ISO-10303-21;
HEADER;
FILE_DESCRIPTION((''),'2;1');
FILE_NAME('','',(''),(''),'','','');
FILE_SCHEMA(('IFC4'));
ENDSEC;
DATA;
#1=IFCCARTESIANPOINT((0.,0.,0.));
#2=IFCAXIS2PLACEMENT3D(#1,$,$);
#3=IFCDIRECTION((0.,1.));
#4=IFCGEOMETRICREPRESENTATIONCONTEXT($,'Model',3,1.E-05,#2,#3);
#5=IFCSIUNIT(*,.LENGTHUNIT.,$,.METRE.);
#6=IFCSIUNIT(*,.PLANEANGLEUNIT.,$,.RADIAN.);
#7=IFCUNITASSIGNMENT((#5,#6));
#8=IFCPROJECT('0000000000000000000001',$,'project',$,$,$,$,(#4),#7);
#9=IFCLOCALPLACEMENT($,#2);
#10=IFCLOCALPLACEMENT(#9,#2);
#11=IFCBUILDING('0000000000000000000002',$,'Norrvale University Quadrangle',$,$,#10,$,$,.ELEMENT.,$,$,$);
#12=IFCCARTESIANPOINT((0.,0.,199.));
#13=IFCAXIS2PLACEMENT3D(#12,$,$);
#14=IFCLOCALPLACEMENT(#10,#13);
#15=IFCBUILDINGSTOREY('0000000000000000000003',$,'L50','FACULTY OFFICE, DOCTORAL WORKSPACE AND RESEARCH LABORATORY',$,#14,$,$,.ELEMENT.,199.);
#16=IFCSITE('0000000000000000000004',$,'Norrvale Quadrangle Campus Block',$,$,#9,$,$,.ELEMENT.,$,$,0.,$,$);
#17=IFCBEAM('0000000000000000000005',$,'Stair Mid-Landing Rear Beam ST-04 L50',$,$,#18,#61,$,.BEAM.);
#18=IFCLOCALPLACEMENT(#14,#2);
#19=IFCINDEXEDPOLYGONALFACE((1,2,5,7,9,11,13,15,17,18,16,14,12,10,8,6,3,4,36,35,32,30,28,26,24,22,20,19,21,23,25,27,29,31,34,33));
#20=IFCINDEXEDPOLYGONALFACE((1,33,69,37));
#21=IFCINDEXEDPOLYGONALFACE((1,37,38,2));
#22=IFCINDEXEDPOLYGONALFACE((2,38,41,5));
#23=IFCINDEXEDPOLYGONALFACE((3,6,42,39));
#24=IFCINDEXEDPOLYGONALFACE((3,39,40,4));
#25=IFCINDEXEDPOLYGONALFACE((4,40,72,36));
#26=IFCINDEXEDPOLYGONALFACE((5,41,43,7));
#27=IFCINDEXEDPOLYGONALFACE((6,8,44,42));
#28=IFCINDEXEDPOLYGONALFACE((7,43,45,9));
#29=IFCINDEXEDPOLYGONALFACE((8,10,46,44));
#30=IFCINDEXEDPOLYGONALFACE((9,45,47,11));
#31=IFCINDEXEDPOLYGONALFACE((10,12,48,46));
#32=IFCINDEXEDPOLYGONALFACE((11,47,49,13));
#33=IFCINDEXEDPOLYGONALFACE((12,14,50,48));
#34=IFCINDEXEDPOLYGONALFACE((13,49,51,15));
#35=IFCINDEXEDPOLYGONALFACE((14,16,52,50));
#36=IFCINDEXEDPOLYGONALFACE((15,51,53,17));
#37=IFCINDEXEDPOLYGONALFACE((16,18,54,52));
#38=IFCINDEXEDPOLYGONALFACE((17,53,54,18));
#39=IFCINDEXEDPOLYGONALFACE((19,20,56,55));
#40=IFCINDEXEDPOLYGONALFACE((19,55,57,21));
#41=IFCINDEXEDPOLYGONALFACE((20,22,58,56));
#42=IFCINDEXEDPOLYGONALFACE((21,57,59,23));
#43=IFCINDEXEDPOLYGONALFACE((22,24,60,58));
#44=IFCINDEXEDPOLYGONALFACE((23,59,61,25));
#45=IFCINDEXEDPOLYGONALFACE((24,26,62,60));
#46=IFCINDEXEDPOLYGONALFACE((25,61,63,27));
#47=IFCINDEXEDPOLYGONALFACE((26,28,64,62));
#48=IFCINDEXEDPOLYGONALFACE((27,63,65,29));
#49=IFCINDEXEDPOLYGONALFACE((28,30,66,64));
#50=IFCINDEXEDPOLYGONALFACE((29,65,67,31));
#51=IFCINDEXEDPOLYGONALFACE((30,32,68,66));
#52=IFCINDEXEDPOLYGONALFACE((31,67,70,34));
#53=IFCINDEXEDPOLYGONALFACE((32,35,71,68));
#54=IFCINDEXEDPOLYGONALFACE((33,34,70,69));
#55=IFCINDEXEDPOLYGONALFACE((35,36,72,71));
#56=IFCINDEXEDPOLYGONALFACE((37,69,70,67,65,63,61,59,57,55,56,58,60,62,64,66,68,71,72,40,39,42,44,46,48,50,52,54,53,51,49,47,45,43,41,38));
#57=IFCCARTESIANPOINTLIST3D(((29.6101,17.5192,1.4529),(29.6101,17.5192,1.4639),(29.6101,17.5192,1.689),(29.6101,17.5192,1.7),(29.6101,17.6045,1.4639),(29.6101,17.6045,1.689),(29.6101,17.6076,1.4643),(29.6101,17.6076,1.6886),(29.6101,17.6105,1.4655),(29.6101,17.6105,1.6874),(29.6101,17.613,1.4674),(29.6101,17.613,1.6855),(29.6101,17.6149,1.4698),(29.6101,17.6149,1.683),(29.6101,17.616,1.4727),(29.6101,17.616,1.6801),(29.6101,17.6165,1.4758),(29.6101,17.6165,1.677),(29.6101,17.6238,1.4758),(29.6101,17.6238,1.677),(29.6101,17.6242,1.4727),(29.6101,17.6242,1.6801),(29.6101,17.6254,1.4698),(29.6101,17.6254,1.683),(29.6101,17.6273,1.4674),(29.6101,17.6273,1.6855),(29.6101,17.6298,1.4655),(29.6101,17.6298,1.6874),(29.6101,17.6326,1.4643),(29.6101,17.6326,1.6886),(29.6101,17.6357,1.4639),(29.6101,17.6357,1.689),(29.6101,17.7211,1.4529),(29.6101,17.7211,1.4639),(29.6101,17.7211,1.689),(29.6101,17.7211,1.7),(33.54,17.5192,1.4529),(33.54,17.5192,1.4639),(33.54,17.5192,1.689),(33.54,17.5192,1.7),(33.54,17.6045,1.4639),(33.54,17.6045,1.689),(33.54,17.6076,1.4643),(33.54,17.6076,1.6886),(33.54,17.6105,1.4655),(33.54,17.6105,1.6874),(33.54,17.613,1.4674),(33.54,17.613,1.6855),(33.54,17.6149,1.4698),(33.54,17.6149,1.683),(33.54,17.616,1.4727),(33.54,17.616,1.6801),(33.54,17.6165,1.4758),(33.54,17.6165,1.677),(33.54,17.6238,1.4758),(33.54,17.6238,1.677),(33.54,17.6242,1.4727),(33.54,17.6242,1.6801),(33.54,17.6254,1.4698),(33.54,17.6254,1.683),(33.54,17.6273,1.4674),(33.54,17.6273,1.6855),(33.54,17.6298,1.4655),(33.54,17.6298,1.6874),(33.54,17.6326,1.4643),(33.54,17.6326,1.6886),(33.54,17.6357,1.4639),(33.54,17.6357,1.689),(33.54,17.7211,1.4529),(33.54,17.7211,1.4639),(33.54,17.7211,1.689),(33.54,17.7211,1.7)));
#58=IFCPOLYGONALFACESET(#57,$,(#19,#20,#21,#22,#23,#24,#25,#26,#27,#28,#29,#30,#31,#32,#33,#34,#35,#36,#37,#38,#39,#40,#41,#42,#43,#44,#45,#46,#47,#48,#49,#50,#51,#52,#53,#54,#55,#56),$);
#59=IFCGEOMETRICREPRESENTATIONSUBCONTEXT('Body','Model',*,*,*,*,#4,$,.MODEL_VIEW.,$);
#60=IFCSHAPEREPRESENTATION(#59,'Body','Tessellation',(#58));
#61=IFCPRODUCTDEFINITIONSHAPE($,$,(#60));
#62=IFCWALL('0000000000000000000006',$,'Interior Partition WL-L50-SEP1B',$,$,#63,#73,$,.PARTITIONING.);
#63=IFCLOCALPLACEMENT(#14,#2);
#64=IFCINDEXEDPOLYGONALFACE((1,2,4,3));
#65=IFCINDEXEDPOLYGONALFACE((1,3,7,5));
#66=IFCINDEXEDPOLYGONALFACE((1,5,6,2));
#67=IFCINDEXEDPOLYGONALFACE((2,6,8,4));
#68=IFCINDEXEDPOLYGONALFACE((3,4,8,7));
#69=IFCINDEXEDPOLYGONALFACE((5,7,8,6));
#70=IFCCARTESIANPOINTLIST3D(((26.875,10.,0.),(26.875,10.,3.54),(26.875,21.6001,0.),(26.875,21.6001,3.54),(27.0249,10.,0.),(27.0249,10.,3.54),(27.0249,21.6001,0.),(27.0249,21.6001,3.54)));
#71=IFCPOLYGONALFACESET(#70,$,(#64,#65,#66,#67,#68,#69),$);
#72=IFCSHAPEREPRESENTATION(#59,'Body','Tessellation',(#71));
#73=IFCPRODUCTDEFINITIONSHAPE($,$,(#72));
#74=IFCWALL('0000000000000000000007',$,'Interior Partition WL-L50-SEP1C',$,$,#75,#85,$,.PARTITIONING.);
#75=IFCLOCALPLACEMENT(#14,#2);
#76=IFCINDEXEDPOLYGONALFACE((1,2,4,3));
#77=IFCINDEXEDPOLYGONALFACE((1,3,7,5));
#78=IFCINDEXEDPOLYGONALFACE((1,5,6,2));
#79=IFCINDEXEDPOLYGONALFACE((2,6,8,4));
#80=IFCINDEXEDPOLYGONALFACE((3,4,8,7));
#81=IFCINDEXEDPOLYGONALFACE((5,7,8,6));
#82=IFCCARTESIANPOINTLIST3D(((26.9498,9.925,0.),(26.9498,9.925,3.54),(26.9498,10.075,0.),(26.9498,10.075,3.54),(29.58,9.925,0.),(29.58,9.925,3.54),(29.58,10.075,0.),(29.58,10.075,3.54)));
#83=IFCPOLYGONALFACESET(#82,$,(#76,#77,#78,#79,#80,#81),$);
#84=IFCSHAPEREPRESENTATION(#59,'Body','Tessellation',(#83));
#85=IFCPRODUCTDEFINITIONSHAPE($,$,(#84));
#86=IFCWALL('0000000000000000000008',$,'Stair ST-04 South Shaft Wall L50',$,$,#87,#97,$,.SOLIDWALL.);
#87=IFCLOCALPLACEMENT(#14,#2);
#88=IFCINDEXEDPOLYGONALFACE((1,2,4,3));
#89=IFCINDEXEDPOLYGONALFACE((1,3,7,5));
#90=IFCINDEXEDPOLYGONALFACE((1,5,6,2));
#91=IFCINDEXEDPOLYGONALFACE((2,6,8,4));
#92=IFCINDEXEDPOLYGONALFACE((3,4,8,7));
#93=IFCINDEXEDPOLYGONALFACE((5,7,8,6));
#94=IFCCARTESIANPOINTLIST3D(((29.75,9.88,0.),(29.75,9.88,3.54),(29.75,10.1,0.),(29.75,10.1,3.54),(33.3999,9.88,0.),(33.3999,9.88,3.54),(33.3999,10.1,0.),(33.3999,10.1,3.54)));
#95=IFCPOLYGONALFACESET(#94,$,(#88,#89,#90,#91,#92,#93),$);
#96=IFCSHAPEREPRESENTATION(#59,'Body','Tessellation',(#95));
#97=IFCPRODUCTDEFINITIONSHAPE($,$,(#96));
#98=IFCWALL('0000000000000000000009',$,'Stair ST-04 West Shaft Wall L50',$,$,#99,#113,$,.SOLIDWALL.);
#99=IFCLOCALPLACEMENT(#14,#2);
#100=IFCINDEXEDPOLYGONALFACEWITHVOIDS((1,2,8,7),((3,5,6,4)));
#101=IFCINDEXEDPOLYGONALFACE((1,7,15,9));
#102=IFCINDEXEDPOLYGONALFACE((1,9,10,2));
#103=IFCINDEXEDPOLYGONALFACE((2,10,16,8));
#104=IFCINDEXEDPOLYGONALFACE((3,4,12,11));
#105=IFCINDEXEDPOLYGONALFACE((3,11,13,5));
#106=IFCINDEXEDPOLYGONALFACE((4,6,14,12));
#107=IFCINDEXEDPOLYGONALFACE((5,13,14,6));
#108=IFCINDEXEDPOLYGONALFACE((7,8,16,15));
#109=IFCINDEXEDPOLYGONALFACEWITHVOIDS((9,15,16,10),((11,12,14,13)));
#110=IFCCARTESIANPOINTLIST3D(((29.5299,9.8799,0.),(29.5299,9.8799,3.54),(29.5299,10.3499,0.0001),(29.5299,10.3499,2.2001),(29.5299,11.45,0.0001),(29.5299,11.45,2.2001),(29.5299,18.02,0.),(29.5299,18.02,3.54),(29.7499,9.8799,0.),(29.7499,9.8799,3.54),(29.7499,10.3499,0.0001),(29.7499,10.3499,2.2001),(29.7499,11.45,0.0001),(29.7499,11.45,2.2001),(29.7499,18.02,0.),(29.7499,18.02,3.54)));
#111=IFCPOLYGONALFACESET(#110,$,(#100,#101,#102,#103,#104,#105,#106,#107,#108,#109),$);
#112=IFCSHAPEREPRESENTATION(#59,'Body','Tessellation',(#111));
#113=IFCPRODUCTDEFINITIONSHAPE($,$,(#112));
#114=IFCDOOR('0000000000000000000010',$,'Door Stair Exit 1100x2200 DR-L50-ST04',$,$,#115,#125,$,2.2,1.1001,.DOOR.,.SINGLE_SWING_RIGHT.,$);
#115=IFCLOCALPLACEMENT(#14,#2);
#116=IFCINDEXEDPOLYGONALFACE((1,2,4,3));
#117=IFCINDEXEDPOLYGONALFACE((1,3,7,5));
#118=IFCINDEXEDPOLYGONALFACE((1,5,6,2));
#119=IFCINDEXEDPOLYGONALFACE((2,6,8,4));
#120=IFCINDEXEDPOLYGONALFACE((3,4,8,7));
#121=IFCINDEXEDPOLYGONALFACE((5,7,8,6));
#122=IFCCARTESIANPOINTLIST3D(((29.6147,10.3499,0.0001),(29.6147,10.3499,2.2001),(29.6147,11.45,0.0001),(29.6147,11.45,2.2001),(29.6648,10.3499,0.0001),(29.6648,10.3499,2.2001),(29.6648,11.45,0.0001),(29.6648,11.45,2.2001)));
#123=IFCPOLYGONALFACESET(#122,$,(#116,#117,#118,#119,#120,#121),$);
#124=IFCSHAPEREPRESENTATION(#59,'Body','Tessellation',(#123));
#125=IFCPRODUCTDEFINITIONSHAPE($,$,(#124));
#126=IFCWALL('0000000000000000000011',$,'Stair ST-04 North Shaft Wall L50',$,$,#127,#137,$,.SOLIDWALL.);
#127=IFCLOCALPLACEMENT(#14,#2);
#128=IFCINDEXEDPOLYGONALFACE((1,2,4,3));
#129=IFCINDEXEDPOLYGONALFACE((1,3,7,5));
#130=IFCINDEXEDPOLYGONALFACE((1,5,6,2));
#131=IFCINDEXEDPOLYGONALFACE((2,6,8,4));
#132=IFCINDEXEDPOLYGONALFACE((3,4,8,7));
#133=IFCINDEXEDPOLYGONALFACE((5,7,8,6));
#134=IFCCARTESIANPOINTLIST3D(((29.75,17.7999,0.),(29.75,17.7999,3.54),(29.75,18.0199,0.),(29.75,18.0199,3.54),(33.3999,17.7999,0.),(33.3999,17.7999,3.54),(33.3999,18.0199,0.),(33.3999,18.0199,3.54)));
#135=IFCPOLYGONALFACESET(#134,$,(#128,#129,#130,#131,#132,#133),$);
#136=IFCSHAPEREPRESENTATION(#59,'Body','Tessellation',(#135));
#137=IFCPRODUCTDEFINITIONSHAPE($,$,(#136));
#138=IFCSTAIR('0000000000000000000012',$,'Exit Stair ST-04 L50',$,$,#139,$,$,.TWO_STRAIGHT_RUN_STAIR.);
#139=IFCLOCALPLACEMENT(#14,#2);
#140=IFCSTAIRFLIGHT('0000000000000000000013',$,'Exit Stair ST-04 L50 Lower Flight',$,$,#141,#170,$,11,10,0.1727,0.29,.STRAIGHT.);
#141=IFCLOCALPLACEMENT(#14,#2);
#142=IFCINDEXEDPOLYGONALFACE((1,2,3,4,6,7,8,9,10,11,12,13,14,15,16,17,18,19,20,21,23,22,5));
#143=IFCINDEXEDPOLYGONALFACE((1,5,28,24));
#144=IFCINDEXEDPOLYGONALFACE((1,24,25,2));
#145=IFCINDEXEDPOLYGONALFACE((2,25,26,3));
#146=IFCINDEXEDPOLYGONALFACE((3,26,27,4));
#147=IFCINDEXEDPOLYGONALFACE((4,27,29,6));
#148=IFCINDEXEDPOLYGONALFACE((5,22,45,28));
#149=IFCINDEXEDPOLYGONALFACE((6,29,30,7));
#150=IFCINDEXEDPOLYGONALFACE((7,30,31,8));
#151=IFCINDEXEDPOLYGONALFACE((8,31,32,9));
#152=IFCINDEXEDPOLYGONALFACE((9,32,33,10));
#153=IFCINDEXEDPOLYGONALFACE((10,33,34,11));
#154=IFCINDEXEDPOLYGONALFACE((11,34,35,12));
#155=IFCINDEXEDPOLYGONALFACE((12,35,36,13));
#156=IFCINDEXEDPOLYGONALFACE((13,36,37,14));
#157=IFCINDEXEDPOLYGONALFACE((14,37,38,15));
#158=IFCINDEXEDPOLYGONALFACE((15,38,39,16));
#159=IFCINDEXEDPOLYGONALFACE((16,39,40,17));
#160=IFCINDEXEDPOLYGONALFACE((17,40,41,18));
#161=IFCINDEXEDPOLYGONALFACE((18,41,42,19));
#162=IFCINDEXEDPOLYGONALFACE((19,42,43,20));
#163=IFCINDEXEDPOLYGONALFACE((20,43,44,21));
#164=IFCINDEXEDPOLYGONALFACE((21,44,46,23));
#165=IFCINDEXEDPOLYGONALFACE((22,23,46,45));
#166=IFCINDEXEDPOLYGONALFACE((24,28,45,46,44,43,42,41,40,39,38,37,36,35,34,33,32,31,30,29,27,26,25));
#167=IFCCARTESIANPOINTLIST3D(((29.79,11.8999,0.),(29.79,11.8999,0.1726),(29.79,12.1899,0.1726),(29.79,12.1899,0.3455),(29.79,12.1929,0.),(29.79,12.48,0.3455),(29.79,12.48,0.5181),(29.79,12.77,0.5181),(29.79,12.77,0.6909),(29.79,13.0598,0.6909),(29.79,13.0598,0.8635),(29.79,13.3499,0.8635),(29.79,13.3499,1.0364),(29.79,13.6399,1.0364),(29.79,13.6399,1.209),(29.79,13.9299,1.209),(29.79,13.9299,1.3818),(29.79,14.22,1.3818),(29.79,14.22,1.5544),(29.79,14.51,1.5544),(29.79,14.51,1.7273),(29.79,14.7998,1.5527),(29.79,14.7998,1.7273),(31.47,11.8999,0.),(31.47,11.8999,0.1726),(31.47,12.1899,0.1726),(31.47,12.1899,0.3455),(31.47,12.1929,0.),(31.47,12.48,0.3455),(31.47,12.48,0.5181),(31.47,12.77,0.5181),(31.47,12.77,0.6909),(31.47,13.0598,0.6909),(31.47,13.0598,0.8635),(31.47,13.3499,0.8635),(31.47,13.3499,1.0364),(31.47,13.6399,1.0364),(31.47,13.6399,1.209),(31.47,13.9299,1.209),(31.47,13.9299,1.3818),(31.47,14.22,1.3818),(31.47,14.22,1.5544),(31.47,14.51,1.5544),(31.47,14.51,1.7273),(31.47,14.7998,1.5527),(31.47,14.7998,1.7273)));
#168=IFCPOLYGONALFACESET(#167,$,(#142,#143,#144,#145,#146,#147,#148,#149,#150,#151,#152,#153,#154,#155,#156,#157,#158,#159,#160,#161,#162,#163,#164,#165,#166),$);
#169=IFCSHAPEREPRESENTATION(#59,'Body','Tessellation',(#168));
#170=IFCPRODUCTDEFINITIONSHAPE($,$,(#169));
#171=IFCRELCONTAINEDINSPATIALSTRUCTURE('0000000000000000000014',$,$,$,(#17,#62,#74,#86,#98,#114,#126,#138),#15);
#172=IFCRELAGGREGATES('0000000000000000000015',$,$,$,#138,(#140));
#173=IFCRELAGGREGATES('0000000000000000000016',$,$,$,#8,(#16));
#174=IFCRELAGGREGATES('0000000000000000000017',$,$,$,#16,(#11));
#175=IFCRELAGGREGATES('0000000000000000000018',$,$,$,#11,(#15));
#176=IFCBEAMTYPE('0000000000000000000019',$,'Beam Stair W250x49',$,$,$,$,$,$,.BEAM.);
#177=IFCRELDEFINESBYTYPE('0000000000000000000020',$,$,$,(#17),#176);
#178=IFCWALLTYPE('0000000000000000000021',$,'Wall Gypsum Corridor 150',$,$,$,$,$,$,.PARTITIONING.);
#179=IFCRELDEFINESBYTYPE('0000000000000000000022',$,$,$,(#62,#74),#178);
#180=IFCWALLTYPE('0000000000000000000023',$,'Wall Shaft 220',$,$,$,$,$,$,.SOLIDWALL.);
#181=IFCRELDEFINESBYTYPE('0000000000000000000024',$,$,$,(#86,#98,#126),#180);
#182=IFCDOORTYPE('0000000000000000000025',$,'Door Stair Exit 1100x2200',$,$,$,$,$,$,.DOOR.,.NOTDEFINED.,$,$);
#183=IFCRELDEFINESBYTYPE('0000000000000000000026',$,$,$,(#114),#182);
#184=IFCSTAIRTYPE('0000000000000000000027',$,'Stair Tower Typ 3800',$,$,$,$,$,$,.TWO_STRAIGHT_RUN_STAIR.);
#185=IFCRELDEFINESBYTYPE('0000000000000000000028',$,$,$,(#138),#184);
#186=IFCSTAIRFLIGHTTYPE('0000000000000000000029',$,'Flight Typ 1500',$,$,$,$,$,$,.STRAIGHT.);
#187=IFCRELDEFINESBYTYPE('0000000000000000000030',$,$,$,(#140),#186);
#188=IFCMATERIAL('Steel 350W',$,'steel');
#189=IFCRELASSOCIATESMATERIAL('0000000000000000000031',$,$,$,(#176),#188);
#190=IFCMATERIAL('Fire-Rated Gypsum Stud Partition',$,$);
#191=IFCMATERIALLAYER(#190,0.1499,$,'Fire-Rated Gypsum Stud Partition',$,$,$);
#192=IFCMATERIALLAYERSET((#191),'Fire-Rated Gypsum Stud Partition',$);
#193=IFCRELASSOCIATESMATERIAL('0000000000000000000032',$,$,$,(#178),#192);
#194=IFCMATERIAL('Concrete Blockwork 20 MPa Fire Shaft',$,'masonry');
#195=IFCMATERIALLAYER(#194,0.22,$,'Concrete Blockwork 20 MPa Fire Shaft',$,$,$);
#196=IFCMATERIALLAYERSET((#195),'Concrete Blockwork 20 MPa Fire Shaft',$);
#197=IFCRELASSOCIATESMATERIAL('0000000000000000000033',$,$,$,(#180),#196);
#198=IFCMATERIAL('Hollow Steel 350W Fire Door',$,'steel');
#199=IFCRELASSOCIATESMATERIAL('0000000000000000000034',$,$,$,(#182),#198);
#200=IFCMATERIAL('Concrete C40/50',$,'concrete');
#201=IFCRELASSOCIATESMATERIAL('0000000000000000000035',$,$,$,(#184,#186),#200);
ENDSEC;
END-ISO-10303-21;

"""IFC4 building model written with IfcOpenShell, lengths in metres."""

from ifc_helpers import new_model, si_unit, direction, frame, frame_2d, origin, origin_2d, place, context, subcontext, project, spatial, polyline, rectangle, i_section, outline, extrude, material, layer, layer_set, material_profile, profile_set, type_object, element, fill, aggregate, save


model = new_model("IFC4")

# Units and contexts
model_context = context("Model", 3, precision=1e-05, world=origin(), true_north=direction((0.0, 1.0)))
body_context = subcontext(model_context, "Body", "Model", "MODEL_VIEW")
ifc_project = project(units=[si_unit("LENGTHUNIT", "METRE"), si_unit("PLANEANGLEUNIT", "RADIAN")], contexts=[model_context])

# Site, building, storey
site_placement = place(None, origin())
site = spatial("IfcSite", under=ifc_project, at=site_placement, Name="Norrvale Quadrangle Campus Block", CompositionType="ELEMENT", RefElevation=0.0)
building_placement = place(site_placement, origin())
building = spatial("IfcBuilding", under=site, at=building_placement, Name="Norrvale University Quadrangle", CompositionType="ELEMENT")
storey_placement = place(building_placement, frame((0.0, 0.0, 199.0)))
storey = spatial("IfcBuildingStorey", under=building, at=storey_placement, Name="L50", Description="FACULTY OFFICE, DOCTORAL WORKSPACE AND RESEARCH LABORATORY", CompositionType="ELEMENT", Elevation=199.0)

# Beam
ifc_material_1 = material(Name="Steel 350W", Category="steel")
ifc_material_profile_1 = material_profile(ifc_material_1, i_section(OverallWidth=0.2019, OverallDepth=0.2471, WebThickness=0.0073, FlangeThickness=0.011, FilletRadius=0.012, at=origin_2d()), Name="Steel 350W")
ifc_profile_set_1 = profile_set([ifc_material_profile_1], Name="Steel 350W")
beam_type_1 = type_object("IfcBeamType", Name="Beam Stair W250x49", PredefinedType="BEAM", material=ifc_profile_set_1)
for number, where, z_axis, x_axis, name in (
    (1, (29.6101, 17.6201, 1.5764), (1.0, 0.0, 0.0), (0.0, 1.0, 0.0), "Stair Mid-Landing Rear Beam ST-04 L50"),
):
    element("IfcBeam", number, at=place(storey_placement, frame(where, z_axis=z_axis, x_axis=x_axis)), inside=storey, type_object=beam_type_1, Name=name, PredefinedType="BEAM", context=body_context, shape_type="SweptSolid", body=[
        extrude(i_section(OverallWidth=0.2019, OverallDepth=0.2471, WebThickness=0.0073, FlangeThickness=0.011, FilletRadius=0.012, at=origin_2d()), origin(), (0.0, 0.0, 1.0), 3.9299),
    ])

# Walls
ifc_material_2 = material(Name="Fire-Rated Gypsum Stud Partition")
ifc_layer_1 = layer(ifc_material_2, 0.1499, Name="Fire-Rated Gypsum Stud Partition")
ifc_layer_set_1 = layer_set([ifc_layer_1], Name="Fire-Rated Gypsum Stud Partition")
wall_type_1 = type_object("IfcWallType", Name="Wall Gypsum Corridor 150", PredefinedType="PARTITIONING", material=ifc_layer_set_1)
wall_1_placement = place(storey_placement, frame((26.95, 10.0, 0.0), z_axis=(0.0, 0.0, 1.0), x_axis=(0.0, 1.0, 0.0)))
element("IfcWall", 2, at=wall_1_placement, inside=storey, type_object=wall_type_1, Name="Interior Partition WL-L50-SEP1B", PredefinedType="PARTITIONING", context=body_context, shape_type="SweptSolid", body=[
    extrude(rectangle(XDim=11.6001, YDim=0.1499, at=frame_2d((5.8, 0.0))), origin(), (0.0, 0.0, 1.0), 3.54),
])
wall_2_placement = place(storey_placement, frame((26.95, 10.0, 0.0), z_axis=(0.0, 0.0, 1.0), x_axis=(1.0, 0.0, 0.0)))
element("IfcWall", 3, at=wall_2_placement, inside=storey, type_object=wall_type_1, Name="Interior Partition WL-L50-SEP1C", PredefinedType="PARTITIONING", context=body_context, shape_type="SweptSolid", body=[
    extrude(rectangle(XDim=2.6301, YDim=0.1499, at=frame_2d((1.3149, 0.0))), origin(), (0.0, 0.0, 1.0), 3.54),
])
ifc_material_3 = material(Name="Concrete Blockwork 20 MPa Fire Shaft", Category="masonry")
ifc_layer_2 = layer(ifc_material_3, 0.22, Name="Concrete Blockwork 20 MPa Fire Shaft")
ifc_layer_set_2 = layer_set([ifc_layer_2], Name="Concrete Blockwork 20 MPa Fire Shaft")
wall_type_2 = type_object("IfcWallType", Name="Wall Shaft 220", PredefinedType="SOLIDWALL", material=ifc_layer_set_2)
wall_3_placement = place(storey_placement, frame((29.75, 9.99, 0.0), z_axis=(0.0, 0.0, 1.0), x_axis=(1.0, 0.0, 0.0)))
element("IfcWall", 4, at=wall_3_placement, inside=storey, type_object=wall_type_2, Name="Stair ST-04 South Shaft Wall L50", PredefinedType="SOLIDWALL", context=body_context, shape_type="SweptSolid", body=[
    extrude(rectangle(XDim=3.6499, YDim=0.22, at=frame_2d((1.825, 0.0))), origin(), (0.0, 0.0, 1.0), 3.54),
])

# Wall, opening, door
wall_4_placement = place(storey_placement, frame((29.6399, 9.8799, 0.0), z_axis=(0.0, 0.0, 1.0), x_axis=(0.0, 1.0, 0.0)))
wall_4 = element("IfcWall", 5, at=wall_4_placement, inside=storey, type_object=wall_type_2, Name="Stair ST-04 West Shaft Wall L50", PredefinedType="SOLIDWALL", context=body_context, shape_type="SweptSolid", body=[
    extrude(rectangle(XDim=8.1401, YDim=0.22, at=frame_2d((4.0701, 0.0))), origin(), (0.0, 0.0, 1.0), 3.54),
])
opening_placement = place(wall_4_placement, frame((0.47, 0.0, 0.0)))
opening = element("IfcOpeningElement", 6, at=opening_placement, cuts=wall_4, PredefinedType="OPENING", context=body_context, shape_type="SweptSolid", body=[
    extrude(rectangle(XDim=1.1001, YDim=2.2, at=frame_2d((0.55, 1.1001))), frame((0.0, 0.1221, 0.0), z_axis=(0.0, -1.0, 0.0), x_axis=(1.0, 0.0, 0.0)), (0.0, 0.0, 1.0), 0.2439),
])
ifc_material_4 = material(Name="Hollow Steel 350W Fire Door", Category="steel")
door_type = type_object("IfcDoorType", Name="Door Stair Exit 1100x2200", OperationType="NOTDEFINED", PredefinedType="DOOR", material=ifc_material_4)
door_placement = place(opening_placement, frame((1.1001, 0.0, 0.0), z_axis=(0.0, 0.0, 1.0), x_axis=(-1.0, 0.0, 0.0)))
door = element("IfcDoor", 7, at=door_placement, inside=storey, type_object=door_type, Name="Door Stair Exit 1100x2200 DR-L50-ST04", OperationType="SINGLE_SWING_RIGHT", OverallHeight=2.2, OverallWidth=1.1001, PredefinedType="DOOR", context=body_context, shape_type="SweptSolid", body=[
    extrude(rectangle(XDim=1.1001, YDim=2.2, at=frame_2d((0.55, 1.1001))), frame((0.0, 0.0249, 0.0), z_axis=(0.0, -1.0, 0.0), x_axis=(1.0, 0.0, 0.0)), (0.0, 0.0, 1.0), 0.05),
])
fill(opening, door)

# Wall
wall_5_placement = place(storey_placement, frame((29.75, 17.9099, 0.0), z_axis=(0.0, 0.0, 1.0), x_axis=(1.0, 0.0, 0.0)))
element("IfcWall", 8, at=wall_5_placement, inside=storey, type_object=wall_type_2, Name="Stair ST-04 North Shaft Wall L50", PredefinedType="SOLIDWALL", context=body_context, shape_type="SweptSolid", body=[
    extrude(rectangle(XDim=3.6499, YDim=0.22, at=frame_2d((1.825, 0.0))), origin(), (0.0, 0.0, 1.0), 3.54),
])

# Stair, stair flight
ifc_material_5 = material(Name="Concrete C40/50", Category="concrete")
stair_type = type_object("IfcStairType", Name="Stair Tower Typ 3800", PredefinedType="TWO_STRAIGHT_RUN_STAIR", material=ifc_material_5)
stair_placement = place(storey_placement, origin())
stair = element("IfcStair", 9, at=stair_placement, inside=storey, type_object=stair_type, Name="Exit Stair ST-04 L50", PredefinedType="TWO_STRAIGHT_RUN_STAIR")
stair_flight_type = type_object("IfcStairFlightType", Name="Flight Typ 1500", PredefinedType="STRAIGHT", material=ifc_material_5)
stair_flight_placement = place(storey_placement, frame((30.6299, 11.8999, 0.0), z_axis=(0.0, 0.0, 1.0), x_axis=(0.0, 1.0, 0.0)))
stair_flight = element("IfcStairFlight", 10, at=stair_flight_placement, type_object=stair_flight_type, Name="Exit Stair ST-04 L50 Lower Flight", NumberOfRisers=11, NumberOfTreads=10, PredefinedType="STRAIGHT", RiserHeight=0.1727, TreadLength=0.29, context=body_context, shape_type="SweptSolid", body=[
    extrude(outline(polyline([(0.0, 0.0), (0.0, 0.1726), (0.29, 0.1726), (0.29, 0.3455), (0.5801, 0.3455), (0.5801, 0.5181), (0.8701, 0.5181), (0.8701, 0.6909), (1.1599, 0.6909), (1.1599, 0.8635), (1.45, 0.8635), (1.45, 1.0364), (1.74, 1.0364), (1.74, 1.209), (2.03, 1.209), (2.03, 1.3818), (2.3201, 1.3818), (2.3201, 1.5544), (2.6101, 1.5544), (2.6101, 1.7273), (2.8999, 1.7273), (2.8999, 1.8999), (2.8999, 1.5527), (0.293, 0.0), (0.0, 0.0)])), frame((0.0, 0.8398, 0.0), z_axis=(0.0, -1.0, 0.0), x_axis=(1.0, 0.0, 0.0)), (0.0, 0.0, 1.0), 1.6799),
])
aggregate(stair, [stair_flight])

save(model, "model.ifc")
